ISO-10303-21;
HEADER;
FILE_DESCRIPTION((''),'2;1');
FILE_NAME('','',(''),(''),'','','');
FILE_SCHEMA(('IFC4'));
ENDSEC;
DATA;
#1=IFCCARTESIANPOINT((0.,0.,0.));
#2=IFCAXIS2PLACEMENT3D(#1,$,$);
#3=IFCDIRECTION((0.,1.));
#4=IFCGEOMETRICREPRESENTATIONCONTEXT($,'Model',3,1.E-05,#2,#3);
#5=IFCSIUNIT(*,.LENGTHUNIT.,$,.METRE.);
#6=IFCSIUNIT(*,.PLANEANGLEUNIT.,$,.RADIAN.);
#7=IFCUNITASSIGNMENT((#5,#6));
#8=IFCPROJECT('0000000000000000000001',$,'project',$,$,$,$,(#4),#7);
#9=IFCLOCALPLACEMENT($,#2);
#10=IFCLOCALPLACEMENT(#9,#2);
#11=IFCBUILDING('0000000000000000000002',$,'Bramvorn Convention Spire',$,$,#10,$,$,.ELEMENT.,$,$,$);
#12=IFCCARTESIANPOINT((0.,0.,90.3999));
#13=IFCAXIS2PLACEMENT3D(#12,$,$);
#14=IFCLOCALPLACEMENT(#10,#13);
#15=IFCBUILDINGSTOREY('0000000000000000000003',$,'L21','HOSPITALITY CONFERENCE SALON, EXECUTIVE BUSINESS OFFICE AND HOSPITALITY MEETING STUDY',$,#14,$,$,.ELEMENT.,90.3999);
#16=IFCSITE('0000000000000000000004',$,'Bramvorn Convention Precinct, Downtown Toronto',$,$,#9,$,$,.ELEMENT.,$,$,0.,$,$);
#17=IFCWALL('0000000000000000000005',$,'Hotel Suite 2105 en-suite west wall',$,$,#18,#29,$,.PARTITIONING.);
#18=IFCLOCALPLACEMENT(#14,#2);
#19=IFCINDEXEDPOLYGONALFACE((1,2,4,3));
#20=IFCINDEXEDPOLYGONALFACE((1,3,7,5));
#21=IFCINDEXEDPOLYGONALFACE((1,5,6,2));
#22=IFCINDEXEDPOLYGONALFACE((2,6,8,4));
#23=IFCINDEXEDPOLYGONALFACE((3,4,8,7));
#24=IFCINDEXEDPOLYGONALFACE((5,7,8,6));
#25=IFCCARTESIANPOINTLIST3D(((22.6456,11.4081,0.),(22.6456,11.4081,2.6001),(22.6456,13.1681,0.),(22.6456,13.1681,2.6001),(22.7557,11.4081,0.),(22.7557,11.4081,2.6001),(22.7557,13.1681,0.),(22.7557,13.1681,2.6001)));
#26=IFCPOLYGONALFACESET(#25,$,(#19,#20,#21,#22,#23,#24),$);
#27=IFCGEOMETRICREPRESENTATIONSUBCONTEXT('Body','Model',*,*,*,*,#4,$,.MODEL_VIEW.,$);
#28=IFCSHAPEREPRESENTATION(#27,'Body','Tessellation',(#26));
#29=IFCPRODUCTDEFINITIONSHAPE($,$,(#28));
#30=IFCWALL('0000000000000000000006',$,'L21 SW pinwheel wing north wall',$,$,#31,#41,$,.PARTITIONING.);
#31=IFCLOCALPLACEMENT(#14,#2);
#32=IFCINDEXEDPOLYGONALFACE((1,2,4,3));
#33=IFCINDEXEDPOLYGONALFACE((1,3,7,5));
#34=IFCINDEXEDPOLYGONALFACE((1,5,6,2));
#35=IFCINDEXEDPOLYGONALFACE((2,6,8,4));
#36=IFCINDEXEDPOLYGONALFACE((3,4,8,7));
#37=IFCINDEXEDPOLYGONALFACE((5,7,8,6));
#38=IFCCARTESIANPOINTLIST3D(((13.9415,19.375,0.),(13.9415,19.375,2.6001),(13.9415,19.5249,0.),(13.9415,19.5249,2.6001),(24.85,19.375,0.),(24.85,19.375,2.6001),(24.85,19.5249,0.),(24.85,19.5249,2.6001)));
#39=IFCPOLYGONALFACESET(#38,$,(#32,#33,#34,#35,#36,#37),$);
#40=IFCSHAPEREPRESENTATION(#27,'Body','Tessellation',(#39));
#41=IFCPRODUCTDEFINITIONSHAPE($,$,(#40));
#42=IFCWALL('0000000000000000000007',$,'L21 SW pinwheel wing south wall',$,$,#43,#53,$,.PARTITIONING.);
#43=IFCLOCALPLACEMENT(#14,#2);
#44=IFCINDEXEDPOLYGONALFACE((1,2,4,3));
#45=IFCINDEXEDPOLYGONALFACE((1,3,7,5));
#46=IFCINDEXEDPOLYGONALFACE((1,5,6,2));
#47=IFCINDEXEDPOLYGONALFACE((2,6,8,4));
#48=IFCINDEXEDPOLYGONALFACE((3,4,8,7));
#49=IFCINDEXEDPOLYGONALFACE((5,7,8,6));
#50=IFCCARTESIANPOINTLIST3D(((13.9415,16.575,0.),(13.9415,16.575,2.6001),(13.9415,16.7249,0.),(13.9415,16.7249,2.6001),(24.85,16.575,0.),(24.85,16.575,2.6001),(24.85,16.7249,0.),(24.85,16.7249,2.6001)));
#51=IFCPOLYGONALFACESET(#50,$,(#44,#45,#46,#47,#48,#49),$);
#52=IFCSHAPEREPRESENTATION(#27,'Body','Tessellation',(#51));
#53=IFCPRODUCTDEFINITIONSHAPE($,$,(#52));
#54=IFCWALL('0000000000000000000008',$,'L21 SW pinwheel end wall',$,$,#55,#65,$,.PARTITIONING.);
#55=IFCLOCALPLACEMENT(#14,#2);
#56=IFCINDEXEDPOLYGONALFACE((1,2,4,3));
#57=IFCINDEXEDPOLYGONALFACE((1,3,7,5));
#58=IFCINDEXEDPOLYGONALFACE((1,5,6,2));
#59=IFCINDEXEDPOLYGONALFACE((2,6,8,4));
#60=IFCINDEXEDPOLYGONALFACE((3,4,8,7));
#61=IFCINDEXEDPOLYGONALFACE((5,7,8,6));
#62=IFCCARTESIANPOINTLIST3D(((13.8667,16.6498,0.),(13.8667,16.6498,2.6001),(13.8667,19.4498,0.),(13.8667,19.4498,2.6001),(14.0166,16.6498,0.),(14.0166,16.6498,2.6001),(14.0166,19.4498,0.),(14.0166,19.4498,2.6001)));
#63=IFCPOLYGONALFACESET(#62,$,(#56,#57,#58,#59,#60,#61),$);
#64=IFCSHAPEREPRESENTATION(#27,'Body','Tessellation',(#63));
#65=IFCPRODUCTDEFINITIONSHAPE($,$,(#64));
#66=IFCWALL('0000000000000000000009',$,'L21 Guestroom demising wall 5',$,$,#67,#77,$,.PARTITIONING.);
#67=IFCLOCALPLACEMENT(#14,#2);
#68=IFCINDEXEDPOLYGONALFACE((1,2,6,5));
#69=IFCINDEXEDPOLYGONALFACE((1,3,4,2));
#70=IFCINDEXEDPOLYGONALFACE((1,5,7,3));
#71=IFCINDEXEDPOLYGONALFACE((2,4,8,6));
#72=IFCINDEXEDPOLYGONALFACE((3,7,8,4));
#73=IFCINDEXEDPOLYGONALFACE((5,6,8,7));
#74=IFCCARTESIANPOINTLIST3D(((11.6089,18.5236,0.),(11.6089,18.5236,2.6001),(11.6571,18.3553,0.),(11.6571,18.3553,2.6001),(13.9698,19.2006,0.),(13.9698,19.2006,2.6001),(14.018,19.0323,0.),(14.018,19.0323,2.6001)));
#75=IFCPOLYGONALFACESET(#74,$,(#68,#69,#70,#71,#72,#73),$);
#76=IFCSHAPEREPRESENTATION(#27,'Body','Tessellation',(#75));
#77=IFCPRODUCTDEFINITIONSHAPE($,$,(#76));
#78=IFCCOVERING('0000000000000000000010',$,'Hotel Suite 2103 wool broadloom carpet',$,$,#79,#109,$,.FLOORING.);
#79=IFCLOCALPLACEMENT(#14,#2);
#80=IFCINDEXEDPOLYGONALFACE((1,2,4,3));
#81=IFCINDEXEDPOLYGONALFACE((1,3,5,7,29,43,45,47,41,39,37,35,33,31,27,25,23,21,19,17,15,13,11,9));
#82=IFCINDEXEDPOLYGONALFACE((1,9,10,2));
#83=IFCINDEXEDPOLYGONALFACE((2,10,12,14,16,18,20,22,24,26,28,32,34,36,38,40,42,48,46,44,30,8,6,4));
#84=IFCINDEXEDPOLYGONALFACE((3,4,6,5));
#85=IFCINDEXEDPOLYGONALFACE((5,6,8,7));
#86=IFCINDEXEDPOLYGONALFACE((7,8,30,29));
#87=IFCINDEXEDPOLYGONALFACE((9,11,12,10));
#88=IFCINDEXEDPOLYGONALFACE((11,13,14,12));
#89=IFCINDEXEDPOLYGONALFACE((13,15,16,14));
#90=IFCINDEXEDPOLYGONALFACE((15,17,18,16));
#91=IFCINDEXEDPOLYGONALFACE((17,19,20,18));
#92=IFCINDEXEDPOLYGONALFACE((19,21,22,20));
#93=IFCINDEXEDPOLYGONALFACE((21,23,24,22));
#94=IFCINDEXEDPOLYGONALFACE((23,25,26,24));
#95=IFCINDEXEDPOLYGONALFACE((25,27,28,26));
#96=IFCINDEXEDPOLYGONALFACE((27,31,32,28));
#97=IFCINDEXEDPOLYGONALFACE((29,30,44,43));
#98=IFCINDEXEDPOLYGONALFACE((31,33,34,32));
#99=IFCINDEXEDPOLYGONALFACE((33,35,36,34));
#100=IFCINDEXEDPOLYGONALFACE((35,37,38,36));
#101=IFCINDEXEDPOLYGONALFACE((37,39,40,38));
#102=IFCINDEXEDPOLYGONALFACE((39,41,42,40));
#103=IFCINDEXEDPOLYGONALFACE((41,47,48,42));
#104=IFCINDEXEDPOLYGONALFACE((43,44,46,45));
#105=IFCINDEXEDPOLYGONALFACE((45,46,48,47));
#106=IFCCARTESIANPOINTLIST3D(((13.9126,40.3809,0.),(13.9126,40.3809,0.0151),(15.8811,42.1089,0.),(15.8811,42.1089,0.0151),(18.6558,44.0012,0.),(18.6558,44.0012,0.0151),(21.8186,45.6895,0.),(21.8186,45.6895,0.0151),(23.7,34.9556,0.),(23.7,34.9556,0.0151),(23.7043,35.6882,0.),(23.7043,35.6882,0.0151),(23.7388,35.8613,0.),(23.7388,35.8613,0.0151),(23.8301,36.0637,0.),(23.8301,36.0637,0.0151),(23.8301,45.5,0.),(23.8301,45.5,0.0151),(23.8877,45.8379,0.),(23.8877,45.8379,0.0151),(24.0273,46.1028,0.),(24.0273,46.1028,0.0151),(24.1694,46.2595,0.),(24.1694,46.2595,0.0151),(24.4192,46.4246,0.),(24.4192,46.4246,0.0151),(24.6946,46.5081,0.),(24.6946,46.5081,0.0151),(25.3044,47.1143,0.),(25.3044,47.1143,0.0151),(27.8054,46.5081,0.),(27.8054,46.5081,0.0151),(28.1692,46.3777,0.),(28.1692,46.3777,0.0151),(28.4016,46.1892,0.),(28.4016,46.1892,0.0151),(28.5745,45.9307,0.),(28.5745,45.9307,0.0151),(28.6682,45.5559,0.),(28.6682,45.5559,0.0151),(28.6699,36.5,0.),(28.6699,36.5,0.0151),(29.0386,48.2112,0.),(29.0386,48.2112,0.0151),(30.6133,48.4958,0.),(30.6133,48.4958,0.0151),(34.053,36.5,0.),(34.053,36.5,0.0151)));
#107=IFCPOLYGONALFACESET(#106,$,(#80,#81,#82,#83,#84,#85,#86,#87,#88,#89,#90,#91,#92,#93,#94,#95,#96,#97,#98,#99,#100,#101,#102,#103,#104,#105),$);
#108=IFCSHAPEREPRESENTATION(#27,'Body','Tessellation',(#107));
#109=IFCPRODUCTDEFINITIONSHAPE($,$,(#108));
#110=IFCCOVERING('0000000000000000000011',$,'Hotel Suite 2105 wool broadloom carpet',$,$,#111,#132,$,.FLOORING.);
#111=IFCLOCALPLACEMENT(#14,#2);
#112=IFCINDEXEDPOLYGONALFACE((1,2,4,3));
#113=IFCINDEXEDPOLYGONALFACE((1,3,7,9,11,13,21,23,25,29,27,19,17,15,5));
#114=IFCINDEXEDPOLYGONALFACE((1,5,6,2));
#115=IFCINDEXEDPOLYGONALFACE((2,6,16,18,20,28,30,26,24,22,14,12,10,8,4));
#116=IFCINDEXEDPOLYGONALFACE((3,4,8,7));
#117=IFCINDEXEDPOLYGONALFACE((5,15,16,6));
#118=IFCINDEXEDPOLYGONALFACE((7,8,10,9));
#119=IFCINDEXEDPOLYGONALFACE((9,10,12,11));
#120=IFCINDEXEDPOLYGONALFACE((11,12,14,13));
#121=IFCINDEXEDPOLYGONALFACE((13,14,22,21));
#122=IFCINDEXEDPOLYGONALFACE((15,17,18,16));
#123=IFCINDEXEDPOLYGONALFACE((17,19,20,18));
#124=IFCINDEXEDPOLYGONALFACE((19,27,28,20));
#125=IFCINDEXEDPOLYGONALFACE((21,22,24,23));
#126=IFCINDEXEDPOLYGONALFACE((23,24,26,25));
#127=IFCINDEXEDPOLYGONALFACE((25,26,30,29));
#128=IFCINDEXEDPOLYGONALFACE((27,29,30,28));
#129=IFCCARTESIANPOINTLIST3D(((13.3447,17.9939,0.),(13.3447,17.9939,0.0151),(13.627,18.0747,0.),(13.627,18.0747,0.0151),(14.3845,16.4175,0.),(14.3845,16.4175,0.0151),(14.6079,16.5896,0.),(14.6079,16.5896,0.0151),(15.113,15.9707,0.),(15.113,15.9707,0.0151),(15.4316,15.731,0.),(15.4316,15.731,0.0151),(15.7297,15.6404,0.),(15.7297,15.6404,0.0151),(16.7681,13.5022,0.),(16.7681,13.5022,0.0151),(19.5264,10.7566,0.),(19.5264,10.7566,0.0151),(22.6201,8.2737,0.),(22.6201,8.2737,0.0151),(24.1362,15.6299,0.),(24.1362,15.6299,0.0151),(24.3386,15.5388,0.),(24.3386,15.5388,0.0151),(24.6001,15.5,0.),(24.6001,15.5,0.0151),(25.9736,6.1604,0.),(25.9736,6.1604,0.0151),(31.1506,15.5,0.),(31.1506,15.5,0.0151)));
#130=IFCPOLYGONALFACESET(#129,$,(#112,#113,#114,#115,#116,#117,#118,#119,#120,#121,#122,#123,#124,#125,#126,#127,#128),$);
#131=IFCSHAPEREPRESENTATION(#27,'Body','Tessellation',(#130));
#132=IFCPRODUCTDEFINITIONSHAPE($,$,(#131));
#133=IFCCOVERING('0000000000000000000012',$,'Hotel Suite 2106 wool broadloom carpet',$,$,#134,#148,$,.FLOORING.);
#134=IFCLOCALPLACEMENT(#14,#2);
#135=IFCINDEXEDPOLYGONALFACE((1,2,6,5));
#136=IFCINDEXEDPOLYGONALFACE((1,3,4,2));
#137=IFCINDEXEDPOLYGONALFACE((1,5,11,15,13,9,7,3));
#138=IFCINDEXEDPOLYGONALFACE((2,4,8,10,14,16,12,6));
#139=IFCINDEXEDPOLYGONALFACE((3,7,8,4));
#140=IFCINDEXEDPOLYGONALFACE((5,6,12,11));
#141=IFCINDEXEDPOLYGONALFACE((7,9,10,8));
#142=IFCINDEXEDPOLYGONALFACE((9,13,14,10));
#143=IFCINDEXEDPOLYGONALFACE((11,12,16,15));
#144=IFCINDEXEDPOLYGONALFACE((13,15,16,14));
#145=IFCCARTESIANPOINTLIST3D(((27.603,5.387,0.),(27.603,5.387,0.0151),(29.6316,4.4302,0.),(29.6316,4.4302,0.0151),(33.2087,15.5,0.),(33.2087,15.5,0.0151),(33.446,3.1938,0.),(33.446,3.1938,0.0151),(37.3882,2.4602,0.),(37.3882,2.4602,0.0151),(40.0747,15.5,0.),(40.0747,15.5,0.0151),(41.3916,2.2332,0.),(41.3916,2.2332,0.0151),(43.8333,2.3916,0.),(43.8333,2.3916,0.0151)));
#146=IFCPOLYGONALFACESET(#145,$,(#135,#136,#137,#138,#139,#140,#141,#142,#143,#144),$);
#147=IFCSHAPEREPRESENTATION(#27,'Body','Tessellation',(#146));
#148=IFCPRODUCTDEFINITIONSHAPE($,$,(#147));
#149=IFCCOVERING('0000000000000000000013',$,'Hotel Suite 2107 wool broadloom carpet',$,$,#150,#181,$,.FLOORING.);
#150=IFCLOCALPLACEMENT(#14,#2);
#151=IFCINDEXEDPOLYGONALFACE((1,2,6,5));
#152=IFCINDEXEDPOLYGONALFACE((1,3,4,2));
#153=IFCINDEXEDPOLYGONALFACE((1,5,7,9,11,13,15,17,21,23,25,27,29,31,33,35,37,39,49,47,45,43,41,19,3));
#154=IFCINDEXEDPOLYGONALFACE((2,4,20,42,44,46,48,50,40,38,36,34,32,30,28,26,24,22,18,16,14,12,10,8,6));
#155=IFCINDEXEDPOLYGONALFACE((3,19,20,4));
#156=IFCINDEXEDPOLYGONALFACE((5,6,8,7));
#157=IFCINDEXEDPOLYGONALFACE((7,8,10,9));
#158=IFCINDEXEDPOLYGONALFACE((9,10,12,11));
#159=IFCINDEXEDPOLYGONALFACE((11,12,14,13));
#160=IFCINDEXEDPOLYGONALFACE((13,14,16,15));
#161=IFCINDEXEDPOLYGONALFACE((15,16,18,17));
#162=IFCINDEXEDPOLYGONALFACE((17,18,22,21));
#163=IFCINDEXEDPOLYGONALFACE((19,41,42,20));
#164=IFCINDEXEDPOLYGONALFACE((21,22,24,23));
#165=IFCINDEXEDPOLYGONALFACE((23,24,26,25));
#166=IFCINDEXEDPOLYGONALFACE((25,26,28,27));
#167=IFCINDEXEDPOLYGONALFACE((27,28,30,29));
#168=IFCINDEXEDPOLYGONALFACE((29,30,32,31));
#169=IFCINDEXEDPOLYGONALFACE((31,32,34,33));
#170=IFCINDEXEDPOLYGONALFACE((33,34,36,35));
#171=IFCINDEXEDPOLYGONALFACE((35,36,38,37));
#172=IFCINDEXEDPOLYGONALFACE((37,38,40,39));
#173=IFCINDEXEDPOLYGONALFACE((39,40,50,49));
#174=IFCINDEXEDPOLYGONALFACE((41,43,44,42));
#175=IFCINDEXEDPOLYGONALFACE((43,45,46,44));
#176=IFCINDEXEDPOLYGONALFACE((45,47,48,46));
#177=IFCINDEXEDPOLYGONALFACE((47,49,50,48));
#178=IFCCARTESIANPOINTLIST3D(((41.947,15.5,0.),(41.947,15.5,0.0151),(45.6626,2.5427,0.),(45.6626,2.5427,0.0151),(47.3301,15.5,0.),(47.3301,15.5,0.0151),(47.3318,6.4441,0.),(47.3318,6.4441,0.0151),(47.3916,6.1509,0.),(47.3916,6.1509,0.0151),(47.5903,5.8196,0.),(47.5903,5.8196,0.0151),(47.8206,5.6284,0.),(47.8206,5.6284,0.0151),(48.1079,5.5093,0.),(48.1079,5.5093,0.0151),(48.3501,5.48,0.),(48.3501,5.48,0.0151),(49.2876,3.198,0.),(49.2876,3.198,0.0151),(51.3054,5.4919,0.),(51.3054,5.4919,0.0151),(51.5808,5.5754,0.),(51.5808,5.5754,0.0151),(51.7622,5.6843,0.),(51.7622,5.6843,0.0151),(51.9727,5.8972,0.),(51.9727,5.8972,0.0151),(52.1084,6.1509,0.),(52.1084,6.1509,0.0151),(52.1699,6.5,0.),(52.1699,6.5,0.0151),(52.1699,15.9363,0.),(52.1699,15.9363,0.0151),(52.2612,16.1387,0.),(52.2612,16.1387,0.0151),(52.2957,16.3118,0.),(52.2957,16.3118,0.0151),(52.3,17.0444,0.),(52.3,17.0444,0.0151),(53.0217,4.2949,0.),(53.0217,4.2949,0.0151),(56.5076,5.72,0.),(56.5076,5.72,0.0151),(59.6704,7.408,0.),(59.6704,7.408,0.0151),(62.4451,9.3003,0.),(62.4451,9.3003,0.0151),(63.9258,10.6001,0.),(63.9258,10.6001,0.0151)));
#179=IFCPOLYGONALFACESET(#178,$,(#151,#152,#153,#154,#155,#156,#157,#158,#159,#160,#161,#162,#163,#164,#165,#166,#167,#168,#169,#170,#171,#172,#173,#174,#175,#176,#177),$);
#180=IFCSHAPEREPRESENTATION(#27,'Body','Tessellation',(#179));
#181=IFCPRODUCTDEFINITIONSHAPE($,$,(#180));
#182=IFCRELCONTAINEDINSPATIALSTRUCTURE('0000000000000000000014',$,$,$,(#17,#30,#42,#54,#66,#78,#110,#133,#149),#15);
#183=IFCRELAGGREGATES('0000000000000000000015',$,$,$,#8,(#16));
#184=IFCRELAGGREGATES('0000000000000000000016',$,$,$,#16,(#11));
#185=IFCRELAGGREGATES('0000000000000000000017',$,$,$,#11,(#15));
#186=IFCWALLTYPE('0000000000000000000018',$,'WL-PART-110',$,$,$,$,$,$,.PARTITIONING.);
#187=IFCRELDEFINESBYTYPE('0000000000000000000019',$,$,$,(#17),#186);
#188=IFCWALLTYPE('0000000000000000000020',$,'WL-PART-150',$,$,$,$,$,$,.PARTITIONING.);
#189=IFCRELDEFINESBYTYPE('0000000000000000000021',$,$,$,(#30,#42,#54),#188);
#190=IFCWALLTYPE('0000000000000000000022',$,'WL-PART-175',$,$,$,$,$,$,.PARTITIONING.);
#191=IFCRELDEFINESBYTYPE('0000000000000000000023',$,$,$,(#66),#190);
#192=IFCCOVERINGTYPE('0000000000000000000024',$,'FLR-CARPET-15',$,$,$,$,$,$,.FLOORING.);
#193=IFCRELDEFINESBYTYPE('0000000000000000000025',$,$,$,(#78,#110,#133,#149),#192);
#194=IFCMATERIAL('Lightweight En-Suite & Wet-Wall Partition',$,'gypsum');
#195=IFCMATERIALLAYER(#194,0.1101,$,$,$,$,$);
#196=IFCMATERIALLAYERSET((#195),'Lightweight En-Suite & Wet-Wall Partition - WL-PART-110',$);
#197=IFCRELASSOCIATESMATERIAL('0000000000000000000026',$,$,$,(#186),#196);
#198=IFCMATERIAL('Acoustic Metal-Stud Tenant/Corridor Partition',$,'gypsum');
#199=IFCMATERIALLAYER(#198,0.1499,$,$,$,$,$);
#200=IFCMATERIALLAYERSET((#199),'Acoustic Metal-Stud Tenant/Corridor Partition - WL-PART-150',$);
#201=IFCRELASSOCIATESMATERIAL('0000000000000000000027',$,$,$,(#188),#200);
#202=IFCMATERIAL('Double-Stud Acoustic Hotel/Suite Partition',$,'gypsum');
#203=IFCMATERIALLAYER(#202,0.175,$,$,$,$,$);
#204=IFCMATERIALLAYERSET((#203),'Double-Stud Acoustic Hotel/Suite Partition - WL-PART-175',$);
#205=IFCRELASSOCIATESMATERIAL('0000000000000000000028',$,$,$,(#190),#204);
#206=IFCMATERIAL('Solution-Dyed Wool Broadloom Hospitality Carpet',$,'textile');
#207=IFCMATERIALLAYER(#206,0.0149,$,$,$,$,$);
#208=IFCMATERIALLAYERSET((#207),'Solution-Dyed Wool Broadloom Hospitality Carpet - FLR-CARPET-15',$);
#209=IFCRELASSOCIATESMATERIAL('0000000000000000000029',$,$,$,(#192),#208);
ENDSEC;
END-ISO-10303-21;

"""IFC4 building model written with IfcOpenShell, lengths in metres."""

from ifc_helpers import new_model, si_unit, direction, frame, frame_2d, origin, place, context, subcontext, project, spatial, polyline, rectangle, outline, extrude, material, layer, layer_set, type_object, element, save


model = new_model("IFC4")

# Units and contexts
model_context = context("Model", 3, precision=1e-05, world=origin(), true_north=direction((0.0, 1.0)))
body_context = subcontext(model_context, "Body", "Model", "MODEL_VIEW")
ifc_project = project(units=[si_unit("LENGTHUNIT", "METRE"), si_unit("PLANEANGLEUNIT", "RADIAN")], contexts=[model_context])

# Site, building, storey
site_placement = place(None, origin())
site = spatial("IfcSite", under=ifc_project, at=site_placement, Name="Bramvorn Convention Precinct, Downtown Toronto", CompositionType="ELEMENT", RefElevation=0.0)
building_placement = place(site_placement, origin())
building = spatial("IfcBuilding", under=site, at=building_placement, Name="Bramvorn Convention Spire", CompositionType="ELEMENT")
storey_placement = place(building_placement, frame((0.0, 0.0, 90.3999)))
storey = spatial("IfcBuildingStorey", under=building, at=storey_placement, Name="L21", Description="HOSPITALITY CONFERENCE SALON, EXECUTIVE BUSINESS OFFICE AND HOSPITALITY MEETING STUDY", CompositionType="ELEMENT", Elevation=90.3999)

# Shared definitions
ifc_material_1 = material(Name="Lightweight En-Suite & Wet-Wall Partition", Category="gypsum")
ifc_layer_1 = layer(ifc_material_1, 0.1101)
ifc_layer_set_1 = layer_set([ifc_layer_1], Name="Lightweight En-Suite & Wet-Wall Partition - WL-PART-110")
wall_type_1 = type_object("IfcWallType", Name="WL-PART-110", PredefinedType="PARTITIONING", material=ifc_layer_set_1)

# Walls
wall_1_placement = place(storey_placement, frame((22.7007, 11.4082, 0.0), z_axis=(0.0, 0.0, 1.0), x_axis=(0.0, 1.0, 0.0)))
element("IfcWall", 1, at=wall_1_placement, inside=storey, type_object=wall_type_1, Name="Hotel Suite 2105 en-suite west wall", PredefinedType="PARTITIONING", context=body_context, shape_type="SweptSolid", body=[
    extrude(rectangle(XDim=1.76, YDim=0.1101, at=frame_2d((0.8799, 0.0))), origin(), (0.0, 0.0, 1.0), 2.6001),
])
ifc_material_2 = material(Name="Acoustic Metal-Stud Tenant/Corridor Partition", Category="gypsum")
ifc_layer_2 = layer(ifc_material_2, 0.1499)
ifc_layer_set_2 = layer_set([ifc_layer_2], Name="Acoustic Metal-Stud Tenant/Corridor Partition - WL-PART-150")
wall_type_2 = type_object("IfcWallType", Name="WL-PART-150", PredefinedType="PARTITIONING", material=ifc_layer_set_2)
for number, where, z_axis, x_axis, name in (
    (2, (13.9417, 19.45, 0.0), (0.0, 0.0, 1.0), (1.0, 0.0, 0.0), "L21 SW pinwheel wing north wall"),
    (3, (13.9417, 16.6499, 0.0), (0.0, 0.0, 1.0), (1.0, 0.0, 0.0), "L21 SW pinwheel wing south wall"),
):
    element("IfcWall", number, at=place(storey_placement, frame(where, z_axis=z_axis, x_axis=x_axis)), inside=storey, type_object=wall_type_2, Name=name, PredefinedType="PARTITIONING", context=body_context, shape_type="SweptSolid", body=[
        extrude(rectangle(XDim=10.9084, YDim=0.1499, at=frame_2d((5.4541, 0.0))), origin(), (0.0, 0.0, 1.0), 2.6001),
    ])
wall_2_placement = place(storey_placement, frame((13.9417, 16.6499, 0.0), z_axis=(0.0, 0.0, 1.0), x_axis=(0.0, 1.0, 0.0)))
element("IfcWall", 4, at=wall_2_placement, inside=storey, type_object=wall_type_2, Name="L21 SW pinwheel end wall", PredefinedType="PARTITIONING", context=body_context, shape_type="SweptSolid", body=[
    extrude(rectangle(XDim=2.8, YDim=0.1499, at=frame_2d((1.3999, 0.0))), origin(), (0.0, 0.0, 1.0), 2.6001),
])
ifc_material_3 = material(Name="Double-Stud Acoustic Hotel/Suite Partition", Category="gypsum")
ifc_layer_3 = layer(ifc_material_3, 0.175)
ifc_layer_set_3 = layer_set([ifc_layer_3], Name="Double-Stud Acoustic Hotel/Suite Partition - WL-PART-175")
wall_type_3 = type_object("IfcWallType", Name="WL-PART-175", PredefinedType="PARTITIONING", material=ifc_layer_set_3)
wall_3_placement = place(storey_placement, frame((13.9939, 19.1165, 0.0), z_axis=(0.0, 0.0, 1.0), x_axis=(-0.961257, -0.275653, 0.0)))
element("IfcWall", 5, at=wall_3_placement, inside=storey, type_object=wall_type_3, Name="L21 Guestroom demising wall 5", PredefinedType="PARTITIONING", context=body_context, shape_type="SweptSolid", body=[
    extrude(rectangle(XDim=2.4561, YDim=0.175, at=frame_2d((1.228, 0.0))), origin(), (0.0, 0.0, 1.0), 2.6001),
])

# Coverings
ifc_material_4 = material(Name="Solution-Dyed Wool Broadloom Hospitality Carpet", Category="textile")
ifc_layer_4 = layer(ifc_material_4, 0.0149)
ifc_layer_set_4 = layer_set([ifc_layer_4], Name="Solution-Dyed Wool Broadloom Hospitality Carpet - FLR-CARPET-15")
covering_type = type_object("IfcCoveringType", Name="FLR-CARPET-15", PredefinedType="FLOORING", material=ifc_layer_set_4)
covering_1_placement = place(storey_placement, origin())
element("IfcCovering", 6, at=covering_1_placement, inside=storey, type_object=covering_type, Name="Hotel Suite 2103 wool broadloom carpet", PredefinedType="FLOORING", context=body_context, shape_type="SweptSolid", body=[
    extrude(outline(polyline([(23.7, 34.9556), (23.7043, 35.6882), (23.7388, 35.8613), (23.8301, 36.0637), (23.8301, 45.5), (23.8877, 45.8379), (24.0273, 46.1028), (24.1694, 46.2595), (24.4192, 46.4246), (24.6946, 46.5081), (27.8054, 46.5081), (28.1692, 46.3777), (28.4016, 46.1892), (28.5745, 45.9307), (28.6682, 45.5559), (28.6699, 36.5), (34.053, 36.5), (30.6133, 48.4958), (29.0386, 48.2112), (25.3044, 47.1143), (21.8186, 45.6895), (18.6558, 44.0012), (15.8811, 42.1089), (13.9126, 40.3809), (23.7, 34.9556)])), origin(), (0.0, 0.0, 1.0), 0.0151),
])
covering_2_placement = place(storey_placement, origin())
element("IfcCovering", 7, at=covering_2_placement, inside=storey, type_object=covering_type, Name="Hotel Suite 2105 wool broadloom carpet", PredefinedType="FLOORING", context=body_context, shape_type="SweptSolid", body=[
    extrude(outline(polyline([(25.9736, 6.1604), (31.1506, 15.5), (24.6001, 15.5), (24.3386, 15.5388), (24.1362, 15.6299), (15.7297, 15.6404), (15.4316, 15.731), (15.113, 15.9707), (14.6079, 16.5896), (13.627, 18.0747), (13.3447, 17.9939), (14.3845, 16.4175), (16.7681, 13.5022), (19.5264, 10.7566), (22.6201, 8.2737), (25.9736, 6.1604)])), origin(), (0.0, 0.0, 1.0), 0.0151),
])
covering_3_placement = place(storey_placement, origin())
element("IfcCovering", 8, at=covering_3_placement, inside=storey, type_object=covering_type, Name="Hotel Suite 2106 wool broadloom carpet", PredefinedType="FLOORING", context=body_context, shape_type="SweptSolid", body=[
    extrude(outline(polyline([(41.3916, 2.2332), (43.8333, 2.3916), (40.0747, 15.5), (33.2087, 15.5), (27.603, 5.387), (29.6316, 4.4302), (33.446, 3.1938), (37.3882, 2.4602), (41.3916, 2.2332)])), origin(), (0.0, 0.0, 1.0), 0.0151),
])
covering_4_placement = place(storey_placement, origin())
element("IfcCovering", 9, at=covering_4_placement, inside=storey, type_object=covering_type, Name="Hotel Suite 2107 wool broadloom carpet", PredefinedType="FLOORING", context=body_context, shape_type="SweptSolid", body=[
    extrude(outline(polyline([(49.2876, 3.198), (53.0217, 4.2949), (56.5076, 5.72), (59.6704, 7.408), (62.4451, 9.3003), (63.9258, 10.6001), (52.3, 17.0444), (52.2957, 16.3118), (52.2612, 16.1387), (52.1699, 15.9363), (52.1699, 6.5), (52.1084, 6.1509), (51.9727, 5.8972), (51.7622, 5.6843), (51.5808, 5.5754), (51.3054, 5.4919), (48.3501, 5.48), (48.1079, 5.5093), (47.8206, 5.6284), (47.5903, 5.8196), (47.3916, 6.1509), (47.3318, 6.4441), (47.3301, 15.5), (41.947, 15.5), (45.6626, 2.5427), (49.2876, 3.198)])), origin(), (0.0, 0.0, 1.0), 0.0151),
])

save(model, "model.ifc")
